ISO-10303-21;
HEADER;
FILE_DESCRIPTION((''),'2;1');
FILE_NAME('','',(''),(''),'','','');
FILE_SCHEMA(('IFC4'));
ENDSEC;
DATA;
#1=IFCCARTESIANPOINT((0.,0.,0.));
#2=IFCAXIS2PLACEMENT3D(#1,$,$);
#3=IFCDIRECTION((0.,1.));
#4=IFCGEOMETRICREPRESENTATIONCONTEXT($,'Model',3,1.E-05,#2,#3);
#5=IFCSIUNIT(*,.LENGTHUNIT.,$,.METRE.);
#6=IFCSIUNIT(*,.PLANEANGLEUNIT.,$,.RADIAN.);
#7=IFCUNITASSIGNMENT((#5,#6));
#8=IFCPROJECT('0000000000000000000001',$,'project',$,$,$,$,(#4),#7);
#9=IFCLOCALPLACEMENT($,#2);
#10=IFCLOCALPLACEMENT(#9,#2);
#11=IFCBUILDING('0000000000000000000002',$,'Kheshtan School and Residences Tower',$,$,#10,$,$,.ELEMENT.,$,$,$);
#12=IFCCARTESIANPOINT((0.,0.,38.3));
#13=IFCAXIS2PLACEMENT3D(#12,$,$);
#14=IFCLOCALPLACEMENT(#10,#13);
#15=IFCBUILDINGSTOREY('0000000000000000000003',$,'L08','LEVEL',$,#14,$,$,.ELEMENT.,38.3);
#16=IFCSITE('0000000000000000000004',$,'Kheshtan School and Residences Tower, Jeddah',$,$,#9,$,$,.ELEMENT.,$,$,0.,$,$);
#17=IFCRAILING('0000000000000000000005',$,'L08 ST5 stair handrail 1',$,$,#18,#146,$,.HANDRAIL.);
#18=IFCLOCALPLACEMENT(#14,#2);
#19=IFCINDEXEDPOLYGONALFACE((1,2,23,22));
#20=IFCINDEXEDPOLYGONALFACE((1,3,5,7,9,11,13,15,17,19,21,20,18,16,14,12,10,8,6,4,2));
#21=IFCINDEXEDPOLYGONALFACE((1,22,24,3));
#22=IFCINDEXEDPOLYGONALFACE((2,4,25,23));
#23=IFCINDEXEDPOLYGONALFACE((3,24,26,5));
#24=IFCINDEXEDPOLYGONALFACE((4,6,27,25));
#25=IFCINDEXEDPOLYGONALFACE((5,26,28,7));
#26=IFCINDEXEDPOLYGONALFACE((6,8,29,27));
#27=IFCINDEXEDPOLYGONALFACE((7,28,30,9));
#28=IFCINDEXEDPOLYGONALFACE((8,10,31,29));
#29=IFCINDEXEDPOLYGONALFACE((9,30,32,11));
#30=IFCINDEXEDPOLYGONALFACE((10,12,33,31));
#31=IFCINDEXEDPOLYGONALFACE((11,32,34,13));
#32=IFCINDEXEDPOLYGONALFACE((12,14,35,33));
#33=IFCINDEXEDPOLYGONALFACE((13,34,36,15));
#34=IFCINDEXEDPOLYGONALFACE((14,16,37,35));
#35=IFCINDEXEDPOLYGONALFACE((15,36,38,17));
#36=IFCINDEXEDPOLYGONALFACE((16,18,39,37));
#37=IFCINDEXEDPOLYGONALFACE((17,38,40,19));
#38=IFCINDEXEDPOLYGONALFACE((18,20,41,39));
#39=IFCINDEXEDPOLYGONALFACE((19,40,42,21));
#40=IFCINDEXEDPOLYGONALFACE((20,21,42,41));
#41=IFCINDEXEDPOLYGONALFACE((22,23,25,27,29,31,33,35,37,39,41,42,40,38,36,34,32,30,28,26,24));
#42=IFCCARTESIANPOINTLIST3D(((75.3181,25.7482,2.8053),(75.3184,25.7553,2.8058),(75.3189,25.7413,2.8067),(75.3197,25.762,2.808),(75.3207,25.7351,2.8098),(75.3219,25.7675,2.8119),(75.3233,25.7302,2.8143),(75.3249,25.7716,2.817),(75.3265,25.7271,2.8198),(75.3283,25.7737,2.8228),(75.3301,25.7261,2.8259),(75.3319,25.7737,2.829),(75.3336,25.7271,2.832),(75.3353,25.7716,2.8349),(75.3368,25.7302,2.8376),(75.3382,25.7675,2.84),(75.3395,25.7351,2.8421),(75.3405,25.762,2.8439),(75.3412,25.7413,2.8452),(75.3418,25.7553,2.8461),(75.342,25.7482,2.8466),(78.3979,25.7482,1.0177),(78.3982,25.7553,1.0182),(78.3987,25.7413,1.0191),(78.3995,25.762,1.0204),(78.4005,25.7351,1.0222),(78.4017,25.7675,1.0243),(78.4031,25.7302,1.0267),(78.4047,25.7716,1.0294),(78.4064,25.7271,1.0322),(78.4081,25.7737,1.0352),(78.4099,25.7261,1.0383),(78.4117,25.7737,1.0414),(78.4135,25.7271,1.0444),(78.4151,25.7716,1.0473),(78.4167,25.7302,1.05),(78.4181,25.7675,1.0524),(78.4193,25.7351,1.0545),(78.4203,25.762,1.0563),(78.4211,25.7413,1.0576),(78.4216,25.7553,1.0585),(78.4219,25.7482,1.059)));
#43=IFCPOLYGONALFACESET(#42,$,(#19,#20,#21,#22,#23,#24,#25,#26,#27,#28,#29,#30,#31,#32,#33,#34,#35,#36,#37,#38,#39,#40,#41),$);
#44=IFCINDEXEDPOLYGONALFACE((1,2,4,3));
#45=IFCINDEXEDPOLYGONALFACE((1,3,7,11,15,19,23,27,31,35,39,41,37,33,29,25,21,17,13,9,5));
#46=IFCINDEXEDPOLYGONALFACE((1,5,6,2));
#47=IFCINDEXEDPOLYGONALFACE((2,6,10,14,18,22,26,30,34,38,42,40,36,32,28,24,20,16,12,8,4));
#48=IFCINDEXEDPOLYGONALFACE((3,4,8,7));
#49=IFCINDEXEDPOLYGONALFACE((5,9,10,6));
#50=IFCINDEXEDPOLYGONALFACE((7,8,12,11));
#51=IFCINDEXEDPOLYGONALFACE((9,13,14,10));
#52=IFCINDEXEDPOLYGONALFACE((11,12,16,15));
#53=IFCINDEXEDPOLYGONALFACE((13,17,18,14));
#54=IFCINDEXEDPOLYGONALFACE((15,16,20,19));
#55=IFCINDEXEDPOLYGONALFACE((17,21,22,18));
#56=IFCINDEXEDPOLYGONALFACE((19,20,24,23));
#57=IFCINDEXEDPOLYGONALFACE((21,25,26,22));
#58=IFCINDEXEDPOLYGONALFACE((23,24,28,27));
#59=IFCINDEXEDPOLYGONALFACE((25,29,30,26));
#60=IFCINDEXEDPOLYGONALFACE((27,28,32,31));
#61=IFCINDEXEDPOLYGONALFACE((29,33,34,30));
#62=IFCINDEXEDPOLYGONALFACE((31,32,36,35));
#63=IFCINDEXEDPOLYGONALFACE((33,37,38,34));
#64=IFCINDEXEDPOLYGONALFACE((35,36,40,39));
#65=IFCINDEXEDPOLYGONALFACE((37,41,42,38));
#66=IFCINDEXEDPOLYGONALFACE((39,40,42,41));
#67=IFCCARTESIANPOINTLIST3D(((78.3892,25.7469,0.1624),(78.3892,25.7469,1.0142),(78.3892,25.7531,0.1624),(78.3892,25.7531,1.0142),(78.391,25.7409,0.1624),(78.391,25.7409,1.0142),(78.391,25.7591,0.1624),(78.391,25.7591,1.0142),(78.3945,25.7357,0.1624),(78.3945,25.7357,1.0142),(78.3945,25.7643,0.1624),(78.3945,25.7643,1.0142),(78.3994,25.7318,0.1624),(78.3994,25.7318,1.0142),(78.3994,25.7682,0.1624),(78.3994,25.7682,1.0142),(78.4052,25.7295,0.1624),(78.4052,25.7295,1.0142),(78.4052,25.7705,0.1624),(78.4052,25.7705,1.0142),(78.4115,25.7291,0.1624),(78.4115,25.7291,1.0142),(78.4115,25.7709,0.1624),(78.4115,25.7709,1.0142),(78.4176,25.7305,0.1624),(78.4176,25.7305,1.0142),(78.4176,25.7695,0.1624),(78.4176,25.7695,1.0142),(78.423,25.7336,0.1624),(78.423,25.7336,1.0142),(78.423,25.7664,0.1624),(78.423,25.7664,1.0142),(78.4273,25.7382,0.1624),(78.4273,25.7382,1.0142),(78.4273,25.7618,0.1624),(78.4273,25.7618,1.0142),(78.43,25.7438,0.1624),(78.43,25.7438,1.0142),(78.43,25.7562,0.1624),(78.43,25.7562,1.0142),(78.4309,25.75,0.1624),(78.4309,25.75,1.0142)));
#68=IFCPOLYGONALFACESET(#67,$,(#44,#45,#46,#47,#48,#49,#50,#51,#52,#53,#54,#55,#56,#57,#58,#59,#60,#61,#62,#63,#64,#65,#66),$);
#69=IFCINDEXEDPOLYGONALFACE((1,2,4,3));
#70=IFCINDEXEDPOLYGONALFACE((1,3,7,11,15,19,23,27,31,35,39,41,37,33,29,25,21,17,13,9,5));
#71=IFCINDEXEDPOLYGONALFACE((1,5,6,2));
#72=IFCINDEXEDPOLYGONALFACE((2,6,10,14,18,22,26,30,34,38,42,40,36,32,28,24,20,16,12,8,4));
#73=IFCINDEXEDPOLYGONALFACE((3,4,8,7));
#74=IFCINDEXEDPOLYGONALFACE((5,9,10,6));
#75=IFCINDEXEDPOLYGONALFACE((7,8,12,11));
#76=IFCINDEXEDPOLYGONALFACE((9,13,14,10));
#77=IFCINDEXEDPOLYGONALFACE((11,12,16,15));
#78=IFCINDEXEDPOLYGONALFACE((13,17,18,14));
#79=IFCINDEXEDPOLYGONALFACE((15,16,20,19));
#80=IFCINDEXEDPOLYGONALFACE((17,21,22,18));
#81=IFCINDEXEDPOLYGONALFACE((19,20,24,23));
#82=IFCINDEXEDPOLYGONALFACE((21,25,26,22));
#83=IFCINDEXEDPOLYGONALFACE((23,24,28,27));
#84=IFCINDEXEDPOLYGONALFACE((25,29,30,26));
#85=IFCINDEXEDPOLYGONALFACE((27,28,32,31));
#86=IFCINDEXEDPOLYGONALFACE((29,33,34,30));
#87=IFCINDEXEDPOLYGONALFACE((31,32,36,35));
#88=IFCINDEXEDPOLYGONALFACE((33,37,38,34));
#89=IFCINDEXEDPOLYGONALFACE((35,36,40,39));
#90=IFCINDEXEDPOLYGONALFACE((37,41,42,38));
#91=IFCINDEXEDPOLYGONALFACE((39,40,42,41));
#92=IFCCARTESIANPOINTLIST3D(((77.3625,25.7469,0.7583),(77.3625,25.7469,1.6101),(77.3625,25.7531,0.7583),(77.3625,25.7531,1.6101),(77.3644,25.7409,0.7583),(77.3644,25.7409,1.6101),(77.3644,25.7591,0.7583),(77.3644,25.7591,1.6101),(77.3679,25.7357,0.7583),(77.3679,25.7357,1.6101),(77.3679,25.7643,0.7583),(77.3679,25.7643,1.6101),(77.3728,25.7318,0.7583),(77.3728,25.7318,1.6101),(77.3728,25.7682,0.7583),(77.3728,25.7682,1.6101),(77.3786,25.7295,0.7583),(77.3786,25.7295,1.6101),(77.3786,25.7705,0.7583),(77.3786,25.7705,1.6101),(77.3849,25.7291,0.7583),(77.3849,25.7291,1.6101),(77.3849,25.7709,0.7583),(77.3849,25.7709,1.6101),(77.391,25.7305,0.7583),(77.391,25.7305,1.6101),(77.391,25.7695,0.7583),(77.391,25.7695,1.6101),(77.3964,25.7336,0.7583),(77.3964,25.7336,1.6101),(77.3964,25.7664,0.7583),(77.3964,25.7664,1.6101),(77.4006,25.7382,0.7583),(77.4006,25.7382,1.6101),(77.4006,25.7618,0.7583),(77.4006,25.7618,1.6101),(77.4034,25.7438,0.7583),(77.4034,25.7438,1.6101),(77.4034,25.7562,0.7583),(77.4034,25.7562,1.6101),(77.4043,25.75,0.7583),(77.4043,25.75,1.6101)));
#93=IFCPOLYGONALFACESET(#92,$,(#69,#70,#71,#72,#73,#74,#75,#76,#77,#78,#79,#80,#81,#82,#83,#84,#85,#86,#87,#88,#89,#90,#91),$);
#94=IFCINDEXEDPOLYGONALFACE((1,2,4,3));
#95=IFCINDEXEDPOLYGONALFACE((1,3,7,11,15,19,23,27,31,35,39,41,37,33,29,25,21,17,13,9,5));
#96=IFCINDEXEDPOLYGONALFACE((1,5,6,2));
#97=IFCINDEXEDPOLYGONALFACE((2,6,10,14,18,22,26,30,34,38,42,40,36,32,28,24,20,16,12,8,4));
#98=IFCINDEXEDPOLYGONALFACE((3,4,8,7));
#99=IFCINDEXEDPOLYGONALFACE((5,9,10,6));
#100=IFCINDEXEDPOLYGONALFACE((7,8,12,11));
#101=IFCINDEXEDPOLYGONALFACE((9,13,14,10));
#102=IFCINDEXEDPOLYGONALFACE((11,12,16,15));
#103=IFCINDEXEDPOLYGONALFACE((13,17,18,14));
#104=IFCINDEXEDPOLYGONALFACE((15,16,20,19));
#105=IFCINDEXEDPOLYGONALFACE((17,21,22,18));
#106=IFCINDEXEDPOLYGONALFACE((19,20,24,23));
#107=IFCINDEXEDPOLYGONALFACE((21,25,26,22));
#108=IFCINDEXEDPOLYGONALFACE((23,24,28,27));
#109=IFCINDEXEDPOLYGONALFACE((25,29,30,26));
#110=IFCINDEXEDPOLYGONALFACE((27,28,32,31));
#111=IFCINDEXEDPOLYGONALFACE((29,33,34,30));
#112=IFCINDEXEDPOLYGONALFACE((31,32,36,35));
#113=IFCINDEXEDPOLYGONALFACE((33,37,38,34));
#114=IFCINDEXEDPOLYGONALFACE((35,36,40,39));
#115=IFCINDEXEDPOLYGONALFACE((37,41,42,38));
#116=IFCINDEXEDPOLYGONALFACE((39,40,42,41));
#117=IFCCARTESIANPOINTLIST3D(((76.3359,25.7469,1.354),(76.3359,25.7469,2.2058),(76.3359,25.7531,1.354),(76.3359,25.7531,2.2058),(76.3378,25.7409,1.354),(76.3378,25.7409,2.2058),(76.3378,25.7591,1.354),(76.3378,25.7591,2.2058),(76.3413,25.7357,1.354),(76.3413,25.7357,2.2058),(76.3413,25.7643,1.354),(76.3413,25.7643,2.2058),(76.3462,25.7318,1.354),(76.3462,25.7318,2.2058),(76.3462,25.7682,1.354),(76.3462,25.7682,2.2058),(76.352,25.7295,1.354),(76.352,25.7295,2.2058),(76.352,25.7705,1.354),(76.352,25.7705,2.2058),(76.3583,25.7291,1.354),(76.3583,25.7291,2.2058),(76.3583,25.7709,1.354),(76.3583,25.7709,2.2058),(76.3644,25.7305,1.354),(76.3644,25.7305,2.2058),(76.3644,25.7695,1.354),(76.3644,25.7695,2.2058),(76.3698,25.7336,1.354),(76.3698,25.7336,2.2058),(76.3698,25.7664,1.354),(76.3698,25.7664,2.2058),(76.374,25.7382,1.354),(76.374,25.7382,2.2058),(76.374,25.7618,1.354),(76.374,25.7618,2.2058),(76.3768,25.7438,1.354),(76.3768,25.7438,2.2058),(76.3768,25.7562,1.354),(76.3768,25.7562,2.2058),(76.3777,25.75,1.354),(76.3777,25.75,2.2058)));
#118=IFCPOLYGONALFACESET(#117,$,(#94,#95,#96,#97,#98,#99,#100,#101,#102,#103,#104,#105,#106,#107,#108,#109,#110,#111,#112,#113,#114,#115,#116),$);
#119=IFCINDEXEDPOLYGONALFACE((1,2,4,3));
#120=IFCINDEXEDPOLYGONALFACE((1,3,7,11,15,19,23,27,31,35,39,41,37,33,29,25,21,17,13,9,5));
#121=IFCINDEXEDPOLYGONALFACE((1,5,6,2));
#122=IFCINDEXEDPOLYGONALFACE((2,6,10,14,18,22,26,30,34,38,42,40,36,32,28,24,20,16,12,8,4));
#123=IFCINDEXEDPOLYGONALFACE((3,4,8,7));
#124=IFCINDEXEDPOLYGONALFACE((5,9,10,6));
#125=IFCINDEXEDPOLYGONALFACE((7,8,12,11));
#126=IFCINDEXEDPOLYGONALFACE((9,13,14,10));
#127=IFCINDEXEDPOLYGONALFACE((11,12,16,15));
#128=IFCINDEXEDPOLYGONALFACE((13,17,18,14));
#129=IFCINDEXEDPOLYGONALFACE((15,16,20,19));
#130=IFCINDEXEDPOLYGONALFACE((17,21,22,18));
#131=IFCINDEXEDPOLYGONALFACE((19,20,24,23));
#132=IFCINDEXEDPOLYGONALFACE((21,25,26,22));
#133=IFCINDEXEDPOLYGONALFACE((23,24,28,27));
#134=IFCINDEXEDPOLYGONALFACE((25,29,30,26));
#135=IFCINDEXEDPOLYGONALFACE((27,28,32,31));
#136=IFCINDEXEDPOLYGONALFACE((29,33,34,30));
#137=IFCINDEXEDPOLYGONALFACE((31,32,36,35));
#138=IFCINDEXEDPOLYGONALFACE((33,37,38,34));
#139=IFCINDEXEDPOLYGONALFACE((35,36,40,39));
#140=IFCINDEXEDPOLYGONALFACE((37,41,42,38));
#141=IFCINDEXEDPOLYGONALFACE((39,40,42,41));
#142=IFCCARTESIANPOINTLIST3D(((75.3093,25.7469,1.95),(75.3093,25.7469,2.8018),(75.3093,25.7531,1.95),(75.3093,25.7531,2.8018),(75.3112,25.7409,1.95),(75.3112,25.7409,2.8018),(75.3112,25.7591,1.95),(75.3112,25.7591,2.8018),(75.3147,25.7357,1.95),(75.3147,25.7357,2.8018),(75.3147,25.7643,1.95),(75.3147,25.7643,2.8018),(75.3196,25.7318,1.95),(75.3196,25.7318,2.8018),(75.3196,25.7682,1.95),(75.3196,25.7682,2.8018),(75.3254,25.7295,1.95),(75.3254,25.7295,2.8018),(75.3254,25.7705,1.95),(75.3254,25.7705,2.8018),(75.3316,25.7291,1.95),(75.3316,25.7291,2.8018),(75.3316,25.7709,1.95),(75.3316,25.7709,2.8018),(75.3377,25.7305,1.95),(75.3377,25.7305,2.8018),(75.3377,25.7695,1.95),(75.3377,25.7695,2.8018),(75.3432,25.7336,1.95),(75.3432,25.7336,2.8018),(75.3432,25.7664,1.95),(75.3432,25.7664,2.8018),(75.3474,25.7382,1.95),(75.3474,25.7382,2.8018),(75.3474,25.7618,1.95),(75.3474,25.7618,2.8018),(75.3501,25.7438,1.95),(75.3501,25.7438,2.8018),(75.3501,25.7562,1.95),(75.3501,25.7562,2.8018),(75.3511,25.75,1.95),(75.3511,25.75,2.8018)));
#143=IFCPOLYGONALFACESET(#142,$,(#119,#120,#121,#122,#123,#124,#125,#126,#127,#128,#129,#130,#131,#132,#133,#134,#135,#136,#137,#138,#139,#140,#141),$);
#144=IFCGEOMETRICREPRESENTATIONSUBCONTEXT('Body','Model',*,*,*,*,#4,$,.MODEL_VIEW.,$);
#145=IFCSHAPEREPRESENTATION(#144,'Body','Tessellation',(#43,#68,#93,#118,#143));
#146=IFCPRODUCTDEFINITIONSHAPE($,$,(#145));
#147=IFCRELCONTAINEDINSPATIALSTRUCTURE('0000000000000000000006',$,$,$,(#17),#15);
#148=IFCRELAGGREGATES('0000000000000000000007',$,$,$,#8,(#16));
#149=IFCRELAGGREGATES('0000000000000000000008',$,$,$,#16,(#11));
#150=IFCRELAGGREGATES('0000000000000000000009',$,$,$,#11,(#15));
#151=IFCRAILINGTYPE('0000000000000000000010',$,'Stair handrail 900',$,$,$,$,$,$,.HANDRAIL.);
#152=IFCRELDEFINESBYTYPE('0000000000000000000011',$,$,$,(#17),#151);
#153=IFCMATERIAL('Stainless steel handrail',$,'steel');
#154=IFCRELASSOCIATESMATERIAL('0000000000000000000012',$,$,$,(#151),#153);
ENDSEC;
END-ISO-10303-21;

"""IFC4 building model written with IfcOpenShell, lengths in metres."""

from ifc_helpers import new_model, si_unit, direction, frame, origin, origin_2d, place, context, subcontext, project, spatial, circle, extrude, material, type_object, element, save


model = new_model("IFC4")

# Units and contexts
model_context = context("Model", 3, precision=1e-05, world=origin(), true_north=direction((0.0, 1.0)))
body_context = subcontext(model_context, "Body", "Model", "MODEL_VIEW")
ifc_project = project(units=[si_unit("LENGTHUNIT", "METRE"), si_unit("PLANEANGLEUNIT", "RADIAN")], contexts=[model_context])

# Site, building, storey
site_placement = place(None, origin())
site = spatial("IfcSite", under=ifc_project, at=site_placement, Name="Kheshtan School and Residences Tower, Jeddah", CompositionType="ELEMENT", RefElevation=0.0)
building_placement = place(site_placement, origin())
building = spatial("IfcBuilding", under=site, at=building_placement, Name="Kheshtan School and Residences Tower", CompositionType="ELEMENT")
storey_placement = place(building_placement, frame((0.0, 0.0, 38.3)))
storey = spatial("IfcBuildingStorey", under=building, at=storey_placement, Name="L08", Description="LEVEL", CompositionType="ELEMENT", Elevation=38.3)

# Railing
ifc_material_1 = material(Name="Stainless steel handrail", Category="steel")
railing_type_1 = type_object("IfcRailingType", Name="Stair handrail 900", PredefinedType="HANDRAIL", material=ifc_material_1)
railing_1_placement = place(storey_placement, frame((78.4099, 25.75, 0.1624)))
element("IfcRailing", 1, at=railing_1_placement, inside=storey, type_object=railing_type_1, Name="L08 ST5 stair handrail 1", PredefinedType="HANDRAIL", context=body_context, shape_type="SweptSolid", body=[
    extrude(circle(Radius=0.0239, at=origin_2d()), frame((0.0, 0.0, 0.876), z_axis=(-0.864873, 0.0, 0.50199), x_axis=(0.0, -1.0, 0.0)), (0.0, 0.0, 1.0), 3.561),
    extrude(circle(Radius=0.021, at=origin_2d()), origin(), (0.0, 0.0, 1.0), 0.8518),
    extrude(circle(Radius=0.021, at=origin_2d()), frame((-1.0266, 0.0, 0.5959)), (0.0, 0.0, 1.0), 0.8518),
    extrude(circle(Radius=0.021, at=origin_2d()), frame((-2.0532, 0.0, 1.1917)), (0.0, 0.0, 1.0), 0.8518),
    extrude(circle(Radius=0.021, at=origin_2d()), frame((-3.0798, 0.0, 1.7876)), (0.0, 0.0, 1.0), 0.8518),
])

save(model, "model.ifc")
